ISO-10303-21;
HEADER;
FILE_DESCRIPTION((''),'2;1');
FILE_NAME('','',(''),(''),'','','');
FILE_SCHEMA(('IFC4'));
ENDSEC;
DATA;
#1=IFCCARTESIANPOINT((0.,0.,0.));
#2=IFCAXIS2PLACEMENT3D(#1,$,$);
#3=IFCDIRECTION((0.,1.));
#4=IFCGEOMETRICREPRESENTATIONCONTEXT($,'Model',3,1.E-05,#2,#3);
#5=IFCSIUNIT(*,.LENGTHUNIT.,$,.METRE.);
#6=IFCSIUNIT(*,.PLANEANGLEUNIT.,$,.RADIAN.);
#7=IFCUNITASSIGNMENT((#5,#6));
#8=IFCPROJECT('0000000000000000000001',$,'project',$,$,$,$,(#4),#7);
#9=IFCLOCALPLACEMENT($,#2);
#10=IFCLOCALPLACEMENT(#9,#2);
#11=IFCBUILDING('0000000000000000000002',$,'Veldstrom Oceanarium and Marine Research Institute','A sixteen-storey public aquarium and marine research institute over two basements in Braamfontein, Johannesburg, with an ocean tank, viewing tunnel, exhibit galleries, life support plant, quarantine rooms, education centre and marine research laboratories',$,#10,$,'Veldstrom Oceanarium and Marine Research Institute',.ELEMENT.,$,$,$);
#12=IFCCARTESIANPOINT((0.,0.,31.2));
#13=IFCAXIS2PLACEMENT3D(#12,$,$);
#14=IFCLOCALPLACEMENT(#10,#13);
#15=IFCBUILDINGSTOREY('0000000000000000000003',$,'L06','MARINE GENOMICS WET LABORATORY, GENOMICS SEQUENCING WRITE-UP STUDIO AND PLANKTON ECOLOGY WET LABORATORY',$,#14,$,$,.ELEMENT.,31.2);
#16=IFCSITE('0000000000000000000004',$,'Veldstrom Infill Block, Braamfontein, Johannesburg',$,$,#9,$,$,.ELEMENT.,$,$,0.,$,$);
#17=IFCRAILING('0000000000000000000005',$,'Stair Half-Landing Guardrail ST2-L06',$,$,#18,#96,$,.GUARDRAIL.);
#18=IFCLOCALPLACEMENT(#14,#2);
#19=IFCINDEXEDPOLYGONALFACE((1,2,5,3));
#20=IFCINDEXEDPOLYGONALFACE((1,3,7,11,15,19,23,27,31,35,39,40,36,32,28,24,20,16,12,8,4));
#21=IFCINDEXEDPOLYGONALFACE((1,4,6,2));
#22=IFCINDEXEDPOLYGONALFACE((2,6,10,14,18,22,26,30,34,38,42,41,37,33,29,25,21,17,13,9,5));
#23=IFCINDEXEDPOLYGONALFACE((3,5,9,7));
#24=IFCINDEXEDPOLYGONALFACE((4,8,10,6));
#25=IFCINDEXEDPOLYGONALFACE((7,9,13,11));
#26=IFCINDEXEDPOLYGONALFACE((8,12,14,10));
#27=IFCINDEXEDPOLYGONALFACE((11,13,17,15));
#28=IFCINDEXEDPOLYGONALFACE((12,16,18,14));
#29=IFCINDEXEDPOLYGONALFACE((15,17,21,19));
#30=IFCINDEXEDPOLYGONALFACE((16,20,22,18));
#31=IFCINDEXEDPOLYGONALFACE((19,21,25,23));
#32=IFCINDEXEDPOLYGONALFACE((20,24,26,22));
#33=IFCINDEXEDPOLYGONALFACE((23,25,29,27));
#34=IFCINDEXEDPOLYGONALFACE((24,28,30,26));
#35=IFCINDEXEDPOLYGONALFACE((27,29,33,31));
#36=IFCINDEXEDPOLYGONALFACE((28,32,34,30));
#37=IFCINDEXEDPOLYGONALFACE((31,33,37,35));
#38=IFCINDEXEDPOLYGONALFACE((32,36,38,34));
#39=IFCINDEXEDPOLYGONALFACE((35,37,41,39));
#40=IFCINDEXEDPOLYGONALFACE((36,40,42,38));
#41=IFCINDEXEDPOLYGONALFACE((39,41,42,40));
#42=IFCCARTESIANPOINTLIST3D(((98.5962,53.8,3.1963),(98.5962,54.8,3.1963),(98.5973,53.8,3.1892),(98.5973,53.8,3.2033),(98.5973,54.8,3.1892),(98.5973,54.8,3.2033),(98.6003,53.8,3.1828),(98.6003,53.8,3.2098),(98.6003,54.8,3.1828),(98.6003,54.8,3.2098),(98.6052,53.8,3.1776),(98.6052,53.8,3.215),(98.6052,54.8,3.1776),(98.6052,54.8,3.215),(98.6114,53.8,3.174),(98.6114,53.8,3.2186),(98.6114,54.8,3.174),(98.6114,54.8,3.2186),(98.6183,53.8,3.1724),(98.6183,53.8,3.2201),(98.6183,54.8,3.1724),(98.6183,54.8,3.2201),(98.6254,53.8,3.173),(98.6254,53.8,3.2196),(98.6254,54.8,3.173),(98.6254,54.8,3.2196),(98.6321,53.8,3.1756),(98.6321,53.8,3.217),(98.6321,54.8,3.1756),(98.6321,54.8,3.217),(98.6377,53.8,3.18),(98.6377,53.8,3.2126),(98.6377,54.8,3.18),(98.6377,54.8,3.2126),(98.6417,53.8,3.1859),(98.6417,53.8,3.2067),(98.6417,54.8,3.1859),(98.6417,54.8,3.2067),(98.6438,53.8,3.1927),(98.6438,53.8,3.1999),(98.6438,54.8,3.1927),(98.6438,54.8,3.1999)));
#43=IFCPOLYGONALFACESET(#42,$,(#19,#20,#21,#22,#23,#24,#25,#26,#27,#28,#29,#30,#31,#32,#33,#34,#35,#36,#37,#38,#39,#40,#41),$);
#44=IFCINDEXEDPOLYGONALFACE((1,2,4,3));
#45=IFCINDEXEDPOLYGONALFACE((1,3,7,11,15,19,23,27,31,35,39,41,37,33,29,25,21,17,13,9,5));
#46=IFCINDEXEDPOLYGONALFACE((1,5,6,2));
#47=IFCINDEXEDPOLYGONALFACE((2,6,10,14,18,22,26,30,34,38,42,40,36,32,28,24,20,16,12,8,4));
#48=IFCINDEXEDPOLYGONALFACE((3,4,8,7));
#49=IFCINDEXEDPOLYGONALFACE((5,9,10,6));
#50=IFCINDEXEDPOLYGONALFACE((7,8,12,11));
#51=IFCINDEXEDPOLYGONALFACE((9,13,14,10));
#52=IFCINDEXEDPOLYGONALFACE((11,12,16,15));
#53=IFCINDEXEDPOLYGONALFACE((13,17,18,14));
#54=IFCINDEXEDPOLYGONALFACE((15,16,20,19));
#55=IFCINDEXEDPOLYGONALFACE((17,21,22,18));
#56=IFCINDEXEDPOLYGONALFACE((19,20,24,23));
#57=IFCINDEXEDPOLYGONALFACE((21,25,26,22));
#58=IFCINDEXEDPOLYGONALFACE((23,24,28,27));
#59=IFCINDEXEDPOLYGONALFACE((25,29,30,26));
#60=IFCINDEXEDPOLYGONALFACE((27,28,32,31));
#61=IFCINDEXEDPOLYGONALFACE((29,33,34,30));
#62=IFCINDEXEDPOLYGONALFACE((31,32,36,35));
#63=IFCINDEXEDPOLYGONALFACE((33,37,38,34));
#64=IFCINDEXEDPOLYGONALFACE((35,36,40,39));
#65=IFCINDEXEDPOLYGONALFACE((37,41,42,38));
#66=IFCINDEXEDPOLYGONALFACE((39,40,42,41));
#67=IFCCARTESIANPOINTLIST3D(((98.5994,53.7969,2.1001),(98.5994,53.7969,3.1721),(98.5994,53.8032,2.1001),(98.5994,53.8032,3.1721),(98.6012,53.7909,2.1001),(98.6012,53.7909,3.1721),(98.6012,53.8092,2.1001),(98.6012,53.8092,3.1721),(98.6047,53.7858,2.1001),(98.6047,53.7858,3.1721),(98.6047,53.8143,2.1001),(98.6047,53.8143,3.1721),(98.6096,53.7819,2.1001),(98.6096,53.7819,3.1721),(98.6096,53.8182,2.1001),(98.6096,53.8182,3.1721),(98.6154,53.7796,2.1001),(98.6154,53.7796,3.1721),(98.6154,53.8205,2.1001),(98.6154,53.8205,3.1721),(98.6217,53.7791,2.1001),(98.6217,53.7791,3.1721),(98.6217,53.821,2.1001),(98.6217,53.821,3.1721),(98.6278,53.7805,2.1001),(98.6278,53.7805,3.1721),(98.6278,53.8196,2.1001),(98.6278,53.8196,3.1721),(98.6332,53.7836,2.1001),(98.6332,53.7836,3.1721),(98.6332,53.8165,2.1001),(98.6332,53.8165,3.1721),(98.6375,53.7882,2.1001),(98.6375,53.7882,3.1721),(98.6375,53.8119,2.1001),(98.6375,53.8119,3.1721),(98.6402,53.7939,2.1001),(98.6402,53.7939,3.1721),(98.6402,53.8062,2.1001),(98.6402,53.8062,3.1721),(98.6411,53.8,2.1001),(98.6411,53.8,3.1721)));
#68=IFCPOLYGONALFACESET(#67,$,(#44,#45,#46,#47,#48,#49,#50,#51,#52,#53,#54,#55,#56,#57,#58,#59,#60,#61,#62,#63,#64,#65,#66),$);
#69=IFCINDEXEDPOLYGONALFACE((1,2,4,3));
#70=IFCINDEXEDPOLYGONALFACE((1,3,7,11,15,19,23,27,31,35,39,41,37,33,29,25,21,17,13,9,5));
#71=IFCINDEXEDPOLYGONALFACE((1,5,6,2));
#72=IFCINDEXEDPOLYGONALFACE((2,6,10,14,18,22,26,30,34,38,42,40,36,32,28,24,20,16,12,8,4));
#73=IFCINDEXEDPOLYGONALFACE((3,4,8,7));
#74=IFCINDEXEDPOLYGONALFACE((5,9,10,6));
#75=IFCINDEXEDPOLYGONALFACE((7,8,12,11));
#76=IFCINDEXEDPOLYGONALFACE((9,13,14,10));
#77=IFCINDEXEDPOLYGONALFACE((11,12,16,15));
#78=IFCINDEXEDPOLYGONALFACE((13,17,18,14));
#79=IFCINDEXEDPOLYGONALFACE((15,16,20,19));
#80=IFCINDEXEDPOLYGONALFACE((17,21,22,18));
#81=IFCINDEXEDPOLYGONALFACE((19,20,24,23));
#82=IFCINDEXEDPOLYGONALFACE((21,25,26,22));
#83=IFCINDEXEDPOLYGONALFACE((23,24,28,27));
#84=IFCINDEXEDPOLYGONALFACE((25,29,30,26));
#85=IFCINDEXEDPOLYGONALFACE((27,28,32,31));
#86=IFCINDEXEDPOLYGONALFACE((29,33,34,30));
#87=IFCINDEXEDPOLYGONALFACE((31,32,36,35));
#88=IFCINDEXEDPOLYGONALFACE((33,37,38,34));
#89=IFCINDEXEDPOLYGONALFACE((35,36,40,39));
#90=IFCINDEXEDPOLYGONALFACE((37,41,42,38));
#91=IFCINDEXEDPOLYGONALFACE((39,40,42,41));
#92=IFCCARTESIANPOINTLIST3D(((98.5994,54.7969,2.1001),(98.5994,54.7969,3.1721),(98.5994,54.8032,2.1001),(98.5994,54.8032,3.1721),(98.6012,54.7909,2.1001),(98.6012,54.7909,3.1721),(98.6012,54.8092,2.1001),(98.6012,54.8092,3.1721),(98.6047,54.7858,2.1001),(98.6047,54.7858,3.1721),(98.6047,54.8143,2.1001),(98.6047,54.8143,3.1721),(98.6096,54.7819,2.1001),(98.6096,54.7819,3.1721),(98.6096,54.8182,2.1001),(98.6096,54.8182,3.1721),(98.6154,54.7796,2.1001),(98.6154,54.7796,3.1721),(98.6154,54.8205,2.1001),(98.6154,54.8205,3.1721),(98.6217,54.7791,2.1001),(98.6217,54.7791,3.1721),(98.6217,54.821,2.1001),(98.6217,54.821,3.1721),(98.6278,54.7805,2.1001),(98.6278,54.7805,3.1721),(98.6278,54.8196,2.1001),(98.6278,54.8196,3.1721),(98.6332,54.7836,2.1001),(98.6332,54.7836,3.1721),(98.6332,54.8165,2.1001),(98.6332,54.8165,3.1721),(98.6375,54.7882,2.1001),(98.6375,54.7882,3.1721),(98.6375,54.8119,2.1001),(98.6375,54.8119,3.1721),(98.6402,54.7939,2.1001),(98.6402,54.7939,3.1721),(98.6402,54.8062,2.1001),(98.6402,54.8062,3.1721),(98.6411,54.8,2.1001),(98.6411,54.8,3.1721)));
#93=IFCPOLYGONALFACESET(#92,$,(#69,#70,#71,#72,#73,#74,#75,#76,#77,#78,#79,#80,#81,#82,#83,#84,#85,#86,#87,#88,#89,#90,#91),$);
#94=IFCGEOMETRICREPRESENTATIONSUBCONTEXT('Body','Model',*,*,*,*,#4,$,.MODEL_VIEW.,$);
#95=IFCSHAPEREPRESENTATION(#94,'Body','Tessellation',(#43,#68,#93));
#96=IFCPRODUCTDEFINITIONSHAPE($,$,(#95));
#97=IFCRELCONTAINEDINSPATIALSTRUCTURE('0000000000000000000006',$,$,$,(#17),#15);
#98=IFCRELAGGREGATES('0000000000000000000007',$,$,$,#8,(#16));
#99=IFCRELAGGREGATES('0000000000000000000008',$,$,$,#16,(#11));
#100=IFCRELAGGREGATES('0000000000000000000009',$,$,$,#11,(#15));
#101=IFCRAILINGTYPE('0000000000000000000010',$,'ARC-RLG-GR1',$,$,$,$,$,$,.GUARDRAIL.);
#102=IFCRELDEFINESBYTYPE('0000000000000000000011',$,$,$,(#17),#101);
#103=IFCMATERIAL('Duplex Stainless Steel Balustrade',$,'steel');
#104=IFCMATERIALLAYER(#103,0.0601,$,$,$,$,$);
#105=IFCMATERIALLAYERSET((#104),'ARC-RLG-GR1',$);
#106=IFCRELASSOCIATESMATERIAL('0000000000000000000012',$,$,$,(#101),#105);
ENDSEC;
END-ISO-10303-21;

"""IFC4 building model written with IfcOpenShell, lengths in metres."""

from ifc_helpers import new_model, si_unit, direction, frame, origin, origin_2d, place, context, subcontext, project, spatial, circle, extrude, material, layer, layer_set, type_object, element, save


model = new_model("IFC4")

# Units and contexts
model_context = context("Model", 3, precision=1e-05, world=origin(), true_north=direction((0.0, 1.0)))
body_context = subcontext(model_context, "Body", "Model", "MODEL_VIEW")
ifc_project = project(units=[si_unit("LENGTHUNIT", "METRE"), si_unit("PLANEANGLEUNIT", "RADIAN")], contexts=[model_context])

# Site, building, storey
site_placement = place(None, origin())
site = spatial("IfcSite", under=ifc_project, at=site_placement, Name="Veldstrom Infill Block, Braamfontein, Johannesburg", CompositionType="ELEMENT", RefElevation=0.0)
building_placement = place(site_placement, origin())
building = spatial("IfcBuilding", under=site, at=building_placement, Name="Veldstrom Oceanarium and Marine Research Institute", Description="A sixteen-storey public aquarium and marine research institute over two basements in Braamfontein, Johannesburg, with an ocean tank, viewing tunnel, exhibit galleries, life support plant, quarantine rooms, education centre and marine research laboratories", LongName="Veldstrom Oceanarium and Marine Research Institute", CompositionType="ELEMENT")
storey_placement = place(building_placement, frame((0.0, 0.0, 31.2)))
storey = spatial("IfcBuildingStorey", under=building, at=storey_placement, Name="L06", Description="MARINE GENOMICS WET LABORATORY, GENOMICS SEQUENCING WRITE-UP STUDIO AND PLANKTON ECOLOGY WET LABORATORY", CompositionType="ELEMENT", Elevation=31.2)

# Railing
ifc_material_1 = material(Name="Duplex Stainless Steel Balustrade", Category="steel")
ifc_layer_1 = layer(ifc_material_1, 0.0601)
ifc_layer_set_1 = layer_set([ifc_layer_1], Name="ARC-RLG-GR1")
railing_type_1 = type_object("IfcRailingType", Name="ARC-RLG-GR1", PredefinedType="GUARDRAIL", material=ifc_layer_set_1)
railing_1_placement = place(storey_placement, frame((98.6201, 53.8, 2.1001)))
element("IfcRailing", 1, at=railing_1_placement, inside=storey, type_object=railing_type_1, Name="Stair Half-Landing Guardrail ST2-L06", PredefinedType="GUARDRAIL", context=body_context, shape_type="SweptSolid", body=[
    extrude(circle(Radius=0.0239, at=origin_2d()), frame((0.0, 0.0, 1.0962), z_axis=(0.0, 1.0, 0.0), x_axis=(-1.0, 0.0, 0.0)), (0.0, 0.0, 1.0), 1.0),
    extrude(circle(Radius=0.021, at=origin_2d()), origin(), (0.0, 0.0, 1.0), 1.072),
    extrude(circle(Radius=0.021, at=origin_2d()), frame((0.0, 1.0, 0.0)), (0.0, 0.0, 1.0), 1.072),
])

save(model, "model.ifc")
